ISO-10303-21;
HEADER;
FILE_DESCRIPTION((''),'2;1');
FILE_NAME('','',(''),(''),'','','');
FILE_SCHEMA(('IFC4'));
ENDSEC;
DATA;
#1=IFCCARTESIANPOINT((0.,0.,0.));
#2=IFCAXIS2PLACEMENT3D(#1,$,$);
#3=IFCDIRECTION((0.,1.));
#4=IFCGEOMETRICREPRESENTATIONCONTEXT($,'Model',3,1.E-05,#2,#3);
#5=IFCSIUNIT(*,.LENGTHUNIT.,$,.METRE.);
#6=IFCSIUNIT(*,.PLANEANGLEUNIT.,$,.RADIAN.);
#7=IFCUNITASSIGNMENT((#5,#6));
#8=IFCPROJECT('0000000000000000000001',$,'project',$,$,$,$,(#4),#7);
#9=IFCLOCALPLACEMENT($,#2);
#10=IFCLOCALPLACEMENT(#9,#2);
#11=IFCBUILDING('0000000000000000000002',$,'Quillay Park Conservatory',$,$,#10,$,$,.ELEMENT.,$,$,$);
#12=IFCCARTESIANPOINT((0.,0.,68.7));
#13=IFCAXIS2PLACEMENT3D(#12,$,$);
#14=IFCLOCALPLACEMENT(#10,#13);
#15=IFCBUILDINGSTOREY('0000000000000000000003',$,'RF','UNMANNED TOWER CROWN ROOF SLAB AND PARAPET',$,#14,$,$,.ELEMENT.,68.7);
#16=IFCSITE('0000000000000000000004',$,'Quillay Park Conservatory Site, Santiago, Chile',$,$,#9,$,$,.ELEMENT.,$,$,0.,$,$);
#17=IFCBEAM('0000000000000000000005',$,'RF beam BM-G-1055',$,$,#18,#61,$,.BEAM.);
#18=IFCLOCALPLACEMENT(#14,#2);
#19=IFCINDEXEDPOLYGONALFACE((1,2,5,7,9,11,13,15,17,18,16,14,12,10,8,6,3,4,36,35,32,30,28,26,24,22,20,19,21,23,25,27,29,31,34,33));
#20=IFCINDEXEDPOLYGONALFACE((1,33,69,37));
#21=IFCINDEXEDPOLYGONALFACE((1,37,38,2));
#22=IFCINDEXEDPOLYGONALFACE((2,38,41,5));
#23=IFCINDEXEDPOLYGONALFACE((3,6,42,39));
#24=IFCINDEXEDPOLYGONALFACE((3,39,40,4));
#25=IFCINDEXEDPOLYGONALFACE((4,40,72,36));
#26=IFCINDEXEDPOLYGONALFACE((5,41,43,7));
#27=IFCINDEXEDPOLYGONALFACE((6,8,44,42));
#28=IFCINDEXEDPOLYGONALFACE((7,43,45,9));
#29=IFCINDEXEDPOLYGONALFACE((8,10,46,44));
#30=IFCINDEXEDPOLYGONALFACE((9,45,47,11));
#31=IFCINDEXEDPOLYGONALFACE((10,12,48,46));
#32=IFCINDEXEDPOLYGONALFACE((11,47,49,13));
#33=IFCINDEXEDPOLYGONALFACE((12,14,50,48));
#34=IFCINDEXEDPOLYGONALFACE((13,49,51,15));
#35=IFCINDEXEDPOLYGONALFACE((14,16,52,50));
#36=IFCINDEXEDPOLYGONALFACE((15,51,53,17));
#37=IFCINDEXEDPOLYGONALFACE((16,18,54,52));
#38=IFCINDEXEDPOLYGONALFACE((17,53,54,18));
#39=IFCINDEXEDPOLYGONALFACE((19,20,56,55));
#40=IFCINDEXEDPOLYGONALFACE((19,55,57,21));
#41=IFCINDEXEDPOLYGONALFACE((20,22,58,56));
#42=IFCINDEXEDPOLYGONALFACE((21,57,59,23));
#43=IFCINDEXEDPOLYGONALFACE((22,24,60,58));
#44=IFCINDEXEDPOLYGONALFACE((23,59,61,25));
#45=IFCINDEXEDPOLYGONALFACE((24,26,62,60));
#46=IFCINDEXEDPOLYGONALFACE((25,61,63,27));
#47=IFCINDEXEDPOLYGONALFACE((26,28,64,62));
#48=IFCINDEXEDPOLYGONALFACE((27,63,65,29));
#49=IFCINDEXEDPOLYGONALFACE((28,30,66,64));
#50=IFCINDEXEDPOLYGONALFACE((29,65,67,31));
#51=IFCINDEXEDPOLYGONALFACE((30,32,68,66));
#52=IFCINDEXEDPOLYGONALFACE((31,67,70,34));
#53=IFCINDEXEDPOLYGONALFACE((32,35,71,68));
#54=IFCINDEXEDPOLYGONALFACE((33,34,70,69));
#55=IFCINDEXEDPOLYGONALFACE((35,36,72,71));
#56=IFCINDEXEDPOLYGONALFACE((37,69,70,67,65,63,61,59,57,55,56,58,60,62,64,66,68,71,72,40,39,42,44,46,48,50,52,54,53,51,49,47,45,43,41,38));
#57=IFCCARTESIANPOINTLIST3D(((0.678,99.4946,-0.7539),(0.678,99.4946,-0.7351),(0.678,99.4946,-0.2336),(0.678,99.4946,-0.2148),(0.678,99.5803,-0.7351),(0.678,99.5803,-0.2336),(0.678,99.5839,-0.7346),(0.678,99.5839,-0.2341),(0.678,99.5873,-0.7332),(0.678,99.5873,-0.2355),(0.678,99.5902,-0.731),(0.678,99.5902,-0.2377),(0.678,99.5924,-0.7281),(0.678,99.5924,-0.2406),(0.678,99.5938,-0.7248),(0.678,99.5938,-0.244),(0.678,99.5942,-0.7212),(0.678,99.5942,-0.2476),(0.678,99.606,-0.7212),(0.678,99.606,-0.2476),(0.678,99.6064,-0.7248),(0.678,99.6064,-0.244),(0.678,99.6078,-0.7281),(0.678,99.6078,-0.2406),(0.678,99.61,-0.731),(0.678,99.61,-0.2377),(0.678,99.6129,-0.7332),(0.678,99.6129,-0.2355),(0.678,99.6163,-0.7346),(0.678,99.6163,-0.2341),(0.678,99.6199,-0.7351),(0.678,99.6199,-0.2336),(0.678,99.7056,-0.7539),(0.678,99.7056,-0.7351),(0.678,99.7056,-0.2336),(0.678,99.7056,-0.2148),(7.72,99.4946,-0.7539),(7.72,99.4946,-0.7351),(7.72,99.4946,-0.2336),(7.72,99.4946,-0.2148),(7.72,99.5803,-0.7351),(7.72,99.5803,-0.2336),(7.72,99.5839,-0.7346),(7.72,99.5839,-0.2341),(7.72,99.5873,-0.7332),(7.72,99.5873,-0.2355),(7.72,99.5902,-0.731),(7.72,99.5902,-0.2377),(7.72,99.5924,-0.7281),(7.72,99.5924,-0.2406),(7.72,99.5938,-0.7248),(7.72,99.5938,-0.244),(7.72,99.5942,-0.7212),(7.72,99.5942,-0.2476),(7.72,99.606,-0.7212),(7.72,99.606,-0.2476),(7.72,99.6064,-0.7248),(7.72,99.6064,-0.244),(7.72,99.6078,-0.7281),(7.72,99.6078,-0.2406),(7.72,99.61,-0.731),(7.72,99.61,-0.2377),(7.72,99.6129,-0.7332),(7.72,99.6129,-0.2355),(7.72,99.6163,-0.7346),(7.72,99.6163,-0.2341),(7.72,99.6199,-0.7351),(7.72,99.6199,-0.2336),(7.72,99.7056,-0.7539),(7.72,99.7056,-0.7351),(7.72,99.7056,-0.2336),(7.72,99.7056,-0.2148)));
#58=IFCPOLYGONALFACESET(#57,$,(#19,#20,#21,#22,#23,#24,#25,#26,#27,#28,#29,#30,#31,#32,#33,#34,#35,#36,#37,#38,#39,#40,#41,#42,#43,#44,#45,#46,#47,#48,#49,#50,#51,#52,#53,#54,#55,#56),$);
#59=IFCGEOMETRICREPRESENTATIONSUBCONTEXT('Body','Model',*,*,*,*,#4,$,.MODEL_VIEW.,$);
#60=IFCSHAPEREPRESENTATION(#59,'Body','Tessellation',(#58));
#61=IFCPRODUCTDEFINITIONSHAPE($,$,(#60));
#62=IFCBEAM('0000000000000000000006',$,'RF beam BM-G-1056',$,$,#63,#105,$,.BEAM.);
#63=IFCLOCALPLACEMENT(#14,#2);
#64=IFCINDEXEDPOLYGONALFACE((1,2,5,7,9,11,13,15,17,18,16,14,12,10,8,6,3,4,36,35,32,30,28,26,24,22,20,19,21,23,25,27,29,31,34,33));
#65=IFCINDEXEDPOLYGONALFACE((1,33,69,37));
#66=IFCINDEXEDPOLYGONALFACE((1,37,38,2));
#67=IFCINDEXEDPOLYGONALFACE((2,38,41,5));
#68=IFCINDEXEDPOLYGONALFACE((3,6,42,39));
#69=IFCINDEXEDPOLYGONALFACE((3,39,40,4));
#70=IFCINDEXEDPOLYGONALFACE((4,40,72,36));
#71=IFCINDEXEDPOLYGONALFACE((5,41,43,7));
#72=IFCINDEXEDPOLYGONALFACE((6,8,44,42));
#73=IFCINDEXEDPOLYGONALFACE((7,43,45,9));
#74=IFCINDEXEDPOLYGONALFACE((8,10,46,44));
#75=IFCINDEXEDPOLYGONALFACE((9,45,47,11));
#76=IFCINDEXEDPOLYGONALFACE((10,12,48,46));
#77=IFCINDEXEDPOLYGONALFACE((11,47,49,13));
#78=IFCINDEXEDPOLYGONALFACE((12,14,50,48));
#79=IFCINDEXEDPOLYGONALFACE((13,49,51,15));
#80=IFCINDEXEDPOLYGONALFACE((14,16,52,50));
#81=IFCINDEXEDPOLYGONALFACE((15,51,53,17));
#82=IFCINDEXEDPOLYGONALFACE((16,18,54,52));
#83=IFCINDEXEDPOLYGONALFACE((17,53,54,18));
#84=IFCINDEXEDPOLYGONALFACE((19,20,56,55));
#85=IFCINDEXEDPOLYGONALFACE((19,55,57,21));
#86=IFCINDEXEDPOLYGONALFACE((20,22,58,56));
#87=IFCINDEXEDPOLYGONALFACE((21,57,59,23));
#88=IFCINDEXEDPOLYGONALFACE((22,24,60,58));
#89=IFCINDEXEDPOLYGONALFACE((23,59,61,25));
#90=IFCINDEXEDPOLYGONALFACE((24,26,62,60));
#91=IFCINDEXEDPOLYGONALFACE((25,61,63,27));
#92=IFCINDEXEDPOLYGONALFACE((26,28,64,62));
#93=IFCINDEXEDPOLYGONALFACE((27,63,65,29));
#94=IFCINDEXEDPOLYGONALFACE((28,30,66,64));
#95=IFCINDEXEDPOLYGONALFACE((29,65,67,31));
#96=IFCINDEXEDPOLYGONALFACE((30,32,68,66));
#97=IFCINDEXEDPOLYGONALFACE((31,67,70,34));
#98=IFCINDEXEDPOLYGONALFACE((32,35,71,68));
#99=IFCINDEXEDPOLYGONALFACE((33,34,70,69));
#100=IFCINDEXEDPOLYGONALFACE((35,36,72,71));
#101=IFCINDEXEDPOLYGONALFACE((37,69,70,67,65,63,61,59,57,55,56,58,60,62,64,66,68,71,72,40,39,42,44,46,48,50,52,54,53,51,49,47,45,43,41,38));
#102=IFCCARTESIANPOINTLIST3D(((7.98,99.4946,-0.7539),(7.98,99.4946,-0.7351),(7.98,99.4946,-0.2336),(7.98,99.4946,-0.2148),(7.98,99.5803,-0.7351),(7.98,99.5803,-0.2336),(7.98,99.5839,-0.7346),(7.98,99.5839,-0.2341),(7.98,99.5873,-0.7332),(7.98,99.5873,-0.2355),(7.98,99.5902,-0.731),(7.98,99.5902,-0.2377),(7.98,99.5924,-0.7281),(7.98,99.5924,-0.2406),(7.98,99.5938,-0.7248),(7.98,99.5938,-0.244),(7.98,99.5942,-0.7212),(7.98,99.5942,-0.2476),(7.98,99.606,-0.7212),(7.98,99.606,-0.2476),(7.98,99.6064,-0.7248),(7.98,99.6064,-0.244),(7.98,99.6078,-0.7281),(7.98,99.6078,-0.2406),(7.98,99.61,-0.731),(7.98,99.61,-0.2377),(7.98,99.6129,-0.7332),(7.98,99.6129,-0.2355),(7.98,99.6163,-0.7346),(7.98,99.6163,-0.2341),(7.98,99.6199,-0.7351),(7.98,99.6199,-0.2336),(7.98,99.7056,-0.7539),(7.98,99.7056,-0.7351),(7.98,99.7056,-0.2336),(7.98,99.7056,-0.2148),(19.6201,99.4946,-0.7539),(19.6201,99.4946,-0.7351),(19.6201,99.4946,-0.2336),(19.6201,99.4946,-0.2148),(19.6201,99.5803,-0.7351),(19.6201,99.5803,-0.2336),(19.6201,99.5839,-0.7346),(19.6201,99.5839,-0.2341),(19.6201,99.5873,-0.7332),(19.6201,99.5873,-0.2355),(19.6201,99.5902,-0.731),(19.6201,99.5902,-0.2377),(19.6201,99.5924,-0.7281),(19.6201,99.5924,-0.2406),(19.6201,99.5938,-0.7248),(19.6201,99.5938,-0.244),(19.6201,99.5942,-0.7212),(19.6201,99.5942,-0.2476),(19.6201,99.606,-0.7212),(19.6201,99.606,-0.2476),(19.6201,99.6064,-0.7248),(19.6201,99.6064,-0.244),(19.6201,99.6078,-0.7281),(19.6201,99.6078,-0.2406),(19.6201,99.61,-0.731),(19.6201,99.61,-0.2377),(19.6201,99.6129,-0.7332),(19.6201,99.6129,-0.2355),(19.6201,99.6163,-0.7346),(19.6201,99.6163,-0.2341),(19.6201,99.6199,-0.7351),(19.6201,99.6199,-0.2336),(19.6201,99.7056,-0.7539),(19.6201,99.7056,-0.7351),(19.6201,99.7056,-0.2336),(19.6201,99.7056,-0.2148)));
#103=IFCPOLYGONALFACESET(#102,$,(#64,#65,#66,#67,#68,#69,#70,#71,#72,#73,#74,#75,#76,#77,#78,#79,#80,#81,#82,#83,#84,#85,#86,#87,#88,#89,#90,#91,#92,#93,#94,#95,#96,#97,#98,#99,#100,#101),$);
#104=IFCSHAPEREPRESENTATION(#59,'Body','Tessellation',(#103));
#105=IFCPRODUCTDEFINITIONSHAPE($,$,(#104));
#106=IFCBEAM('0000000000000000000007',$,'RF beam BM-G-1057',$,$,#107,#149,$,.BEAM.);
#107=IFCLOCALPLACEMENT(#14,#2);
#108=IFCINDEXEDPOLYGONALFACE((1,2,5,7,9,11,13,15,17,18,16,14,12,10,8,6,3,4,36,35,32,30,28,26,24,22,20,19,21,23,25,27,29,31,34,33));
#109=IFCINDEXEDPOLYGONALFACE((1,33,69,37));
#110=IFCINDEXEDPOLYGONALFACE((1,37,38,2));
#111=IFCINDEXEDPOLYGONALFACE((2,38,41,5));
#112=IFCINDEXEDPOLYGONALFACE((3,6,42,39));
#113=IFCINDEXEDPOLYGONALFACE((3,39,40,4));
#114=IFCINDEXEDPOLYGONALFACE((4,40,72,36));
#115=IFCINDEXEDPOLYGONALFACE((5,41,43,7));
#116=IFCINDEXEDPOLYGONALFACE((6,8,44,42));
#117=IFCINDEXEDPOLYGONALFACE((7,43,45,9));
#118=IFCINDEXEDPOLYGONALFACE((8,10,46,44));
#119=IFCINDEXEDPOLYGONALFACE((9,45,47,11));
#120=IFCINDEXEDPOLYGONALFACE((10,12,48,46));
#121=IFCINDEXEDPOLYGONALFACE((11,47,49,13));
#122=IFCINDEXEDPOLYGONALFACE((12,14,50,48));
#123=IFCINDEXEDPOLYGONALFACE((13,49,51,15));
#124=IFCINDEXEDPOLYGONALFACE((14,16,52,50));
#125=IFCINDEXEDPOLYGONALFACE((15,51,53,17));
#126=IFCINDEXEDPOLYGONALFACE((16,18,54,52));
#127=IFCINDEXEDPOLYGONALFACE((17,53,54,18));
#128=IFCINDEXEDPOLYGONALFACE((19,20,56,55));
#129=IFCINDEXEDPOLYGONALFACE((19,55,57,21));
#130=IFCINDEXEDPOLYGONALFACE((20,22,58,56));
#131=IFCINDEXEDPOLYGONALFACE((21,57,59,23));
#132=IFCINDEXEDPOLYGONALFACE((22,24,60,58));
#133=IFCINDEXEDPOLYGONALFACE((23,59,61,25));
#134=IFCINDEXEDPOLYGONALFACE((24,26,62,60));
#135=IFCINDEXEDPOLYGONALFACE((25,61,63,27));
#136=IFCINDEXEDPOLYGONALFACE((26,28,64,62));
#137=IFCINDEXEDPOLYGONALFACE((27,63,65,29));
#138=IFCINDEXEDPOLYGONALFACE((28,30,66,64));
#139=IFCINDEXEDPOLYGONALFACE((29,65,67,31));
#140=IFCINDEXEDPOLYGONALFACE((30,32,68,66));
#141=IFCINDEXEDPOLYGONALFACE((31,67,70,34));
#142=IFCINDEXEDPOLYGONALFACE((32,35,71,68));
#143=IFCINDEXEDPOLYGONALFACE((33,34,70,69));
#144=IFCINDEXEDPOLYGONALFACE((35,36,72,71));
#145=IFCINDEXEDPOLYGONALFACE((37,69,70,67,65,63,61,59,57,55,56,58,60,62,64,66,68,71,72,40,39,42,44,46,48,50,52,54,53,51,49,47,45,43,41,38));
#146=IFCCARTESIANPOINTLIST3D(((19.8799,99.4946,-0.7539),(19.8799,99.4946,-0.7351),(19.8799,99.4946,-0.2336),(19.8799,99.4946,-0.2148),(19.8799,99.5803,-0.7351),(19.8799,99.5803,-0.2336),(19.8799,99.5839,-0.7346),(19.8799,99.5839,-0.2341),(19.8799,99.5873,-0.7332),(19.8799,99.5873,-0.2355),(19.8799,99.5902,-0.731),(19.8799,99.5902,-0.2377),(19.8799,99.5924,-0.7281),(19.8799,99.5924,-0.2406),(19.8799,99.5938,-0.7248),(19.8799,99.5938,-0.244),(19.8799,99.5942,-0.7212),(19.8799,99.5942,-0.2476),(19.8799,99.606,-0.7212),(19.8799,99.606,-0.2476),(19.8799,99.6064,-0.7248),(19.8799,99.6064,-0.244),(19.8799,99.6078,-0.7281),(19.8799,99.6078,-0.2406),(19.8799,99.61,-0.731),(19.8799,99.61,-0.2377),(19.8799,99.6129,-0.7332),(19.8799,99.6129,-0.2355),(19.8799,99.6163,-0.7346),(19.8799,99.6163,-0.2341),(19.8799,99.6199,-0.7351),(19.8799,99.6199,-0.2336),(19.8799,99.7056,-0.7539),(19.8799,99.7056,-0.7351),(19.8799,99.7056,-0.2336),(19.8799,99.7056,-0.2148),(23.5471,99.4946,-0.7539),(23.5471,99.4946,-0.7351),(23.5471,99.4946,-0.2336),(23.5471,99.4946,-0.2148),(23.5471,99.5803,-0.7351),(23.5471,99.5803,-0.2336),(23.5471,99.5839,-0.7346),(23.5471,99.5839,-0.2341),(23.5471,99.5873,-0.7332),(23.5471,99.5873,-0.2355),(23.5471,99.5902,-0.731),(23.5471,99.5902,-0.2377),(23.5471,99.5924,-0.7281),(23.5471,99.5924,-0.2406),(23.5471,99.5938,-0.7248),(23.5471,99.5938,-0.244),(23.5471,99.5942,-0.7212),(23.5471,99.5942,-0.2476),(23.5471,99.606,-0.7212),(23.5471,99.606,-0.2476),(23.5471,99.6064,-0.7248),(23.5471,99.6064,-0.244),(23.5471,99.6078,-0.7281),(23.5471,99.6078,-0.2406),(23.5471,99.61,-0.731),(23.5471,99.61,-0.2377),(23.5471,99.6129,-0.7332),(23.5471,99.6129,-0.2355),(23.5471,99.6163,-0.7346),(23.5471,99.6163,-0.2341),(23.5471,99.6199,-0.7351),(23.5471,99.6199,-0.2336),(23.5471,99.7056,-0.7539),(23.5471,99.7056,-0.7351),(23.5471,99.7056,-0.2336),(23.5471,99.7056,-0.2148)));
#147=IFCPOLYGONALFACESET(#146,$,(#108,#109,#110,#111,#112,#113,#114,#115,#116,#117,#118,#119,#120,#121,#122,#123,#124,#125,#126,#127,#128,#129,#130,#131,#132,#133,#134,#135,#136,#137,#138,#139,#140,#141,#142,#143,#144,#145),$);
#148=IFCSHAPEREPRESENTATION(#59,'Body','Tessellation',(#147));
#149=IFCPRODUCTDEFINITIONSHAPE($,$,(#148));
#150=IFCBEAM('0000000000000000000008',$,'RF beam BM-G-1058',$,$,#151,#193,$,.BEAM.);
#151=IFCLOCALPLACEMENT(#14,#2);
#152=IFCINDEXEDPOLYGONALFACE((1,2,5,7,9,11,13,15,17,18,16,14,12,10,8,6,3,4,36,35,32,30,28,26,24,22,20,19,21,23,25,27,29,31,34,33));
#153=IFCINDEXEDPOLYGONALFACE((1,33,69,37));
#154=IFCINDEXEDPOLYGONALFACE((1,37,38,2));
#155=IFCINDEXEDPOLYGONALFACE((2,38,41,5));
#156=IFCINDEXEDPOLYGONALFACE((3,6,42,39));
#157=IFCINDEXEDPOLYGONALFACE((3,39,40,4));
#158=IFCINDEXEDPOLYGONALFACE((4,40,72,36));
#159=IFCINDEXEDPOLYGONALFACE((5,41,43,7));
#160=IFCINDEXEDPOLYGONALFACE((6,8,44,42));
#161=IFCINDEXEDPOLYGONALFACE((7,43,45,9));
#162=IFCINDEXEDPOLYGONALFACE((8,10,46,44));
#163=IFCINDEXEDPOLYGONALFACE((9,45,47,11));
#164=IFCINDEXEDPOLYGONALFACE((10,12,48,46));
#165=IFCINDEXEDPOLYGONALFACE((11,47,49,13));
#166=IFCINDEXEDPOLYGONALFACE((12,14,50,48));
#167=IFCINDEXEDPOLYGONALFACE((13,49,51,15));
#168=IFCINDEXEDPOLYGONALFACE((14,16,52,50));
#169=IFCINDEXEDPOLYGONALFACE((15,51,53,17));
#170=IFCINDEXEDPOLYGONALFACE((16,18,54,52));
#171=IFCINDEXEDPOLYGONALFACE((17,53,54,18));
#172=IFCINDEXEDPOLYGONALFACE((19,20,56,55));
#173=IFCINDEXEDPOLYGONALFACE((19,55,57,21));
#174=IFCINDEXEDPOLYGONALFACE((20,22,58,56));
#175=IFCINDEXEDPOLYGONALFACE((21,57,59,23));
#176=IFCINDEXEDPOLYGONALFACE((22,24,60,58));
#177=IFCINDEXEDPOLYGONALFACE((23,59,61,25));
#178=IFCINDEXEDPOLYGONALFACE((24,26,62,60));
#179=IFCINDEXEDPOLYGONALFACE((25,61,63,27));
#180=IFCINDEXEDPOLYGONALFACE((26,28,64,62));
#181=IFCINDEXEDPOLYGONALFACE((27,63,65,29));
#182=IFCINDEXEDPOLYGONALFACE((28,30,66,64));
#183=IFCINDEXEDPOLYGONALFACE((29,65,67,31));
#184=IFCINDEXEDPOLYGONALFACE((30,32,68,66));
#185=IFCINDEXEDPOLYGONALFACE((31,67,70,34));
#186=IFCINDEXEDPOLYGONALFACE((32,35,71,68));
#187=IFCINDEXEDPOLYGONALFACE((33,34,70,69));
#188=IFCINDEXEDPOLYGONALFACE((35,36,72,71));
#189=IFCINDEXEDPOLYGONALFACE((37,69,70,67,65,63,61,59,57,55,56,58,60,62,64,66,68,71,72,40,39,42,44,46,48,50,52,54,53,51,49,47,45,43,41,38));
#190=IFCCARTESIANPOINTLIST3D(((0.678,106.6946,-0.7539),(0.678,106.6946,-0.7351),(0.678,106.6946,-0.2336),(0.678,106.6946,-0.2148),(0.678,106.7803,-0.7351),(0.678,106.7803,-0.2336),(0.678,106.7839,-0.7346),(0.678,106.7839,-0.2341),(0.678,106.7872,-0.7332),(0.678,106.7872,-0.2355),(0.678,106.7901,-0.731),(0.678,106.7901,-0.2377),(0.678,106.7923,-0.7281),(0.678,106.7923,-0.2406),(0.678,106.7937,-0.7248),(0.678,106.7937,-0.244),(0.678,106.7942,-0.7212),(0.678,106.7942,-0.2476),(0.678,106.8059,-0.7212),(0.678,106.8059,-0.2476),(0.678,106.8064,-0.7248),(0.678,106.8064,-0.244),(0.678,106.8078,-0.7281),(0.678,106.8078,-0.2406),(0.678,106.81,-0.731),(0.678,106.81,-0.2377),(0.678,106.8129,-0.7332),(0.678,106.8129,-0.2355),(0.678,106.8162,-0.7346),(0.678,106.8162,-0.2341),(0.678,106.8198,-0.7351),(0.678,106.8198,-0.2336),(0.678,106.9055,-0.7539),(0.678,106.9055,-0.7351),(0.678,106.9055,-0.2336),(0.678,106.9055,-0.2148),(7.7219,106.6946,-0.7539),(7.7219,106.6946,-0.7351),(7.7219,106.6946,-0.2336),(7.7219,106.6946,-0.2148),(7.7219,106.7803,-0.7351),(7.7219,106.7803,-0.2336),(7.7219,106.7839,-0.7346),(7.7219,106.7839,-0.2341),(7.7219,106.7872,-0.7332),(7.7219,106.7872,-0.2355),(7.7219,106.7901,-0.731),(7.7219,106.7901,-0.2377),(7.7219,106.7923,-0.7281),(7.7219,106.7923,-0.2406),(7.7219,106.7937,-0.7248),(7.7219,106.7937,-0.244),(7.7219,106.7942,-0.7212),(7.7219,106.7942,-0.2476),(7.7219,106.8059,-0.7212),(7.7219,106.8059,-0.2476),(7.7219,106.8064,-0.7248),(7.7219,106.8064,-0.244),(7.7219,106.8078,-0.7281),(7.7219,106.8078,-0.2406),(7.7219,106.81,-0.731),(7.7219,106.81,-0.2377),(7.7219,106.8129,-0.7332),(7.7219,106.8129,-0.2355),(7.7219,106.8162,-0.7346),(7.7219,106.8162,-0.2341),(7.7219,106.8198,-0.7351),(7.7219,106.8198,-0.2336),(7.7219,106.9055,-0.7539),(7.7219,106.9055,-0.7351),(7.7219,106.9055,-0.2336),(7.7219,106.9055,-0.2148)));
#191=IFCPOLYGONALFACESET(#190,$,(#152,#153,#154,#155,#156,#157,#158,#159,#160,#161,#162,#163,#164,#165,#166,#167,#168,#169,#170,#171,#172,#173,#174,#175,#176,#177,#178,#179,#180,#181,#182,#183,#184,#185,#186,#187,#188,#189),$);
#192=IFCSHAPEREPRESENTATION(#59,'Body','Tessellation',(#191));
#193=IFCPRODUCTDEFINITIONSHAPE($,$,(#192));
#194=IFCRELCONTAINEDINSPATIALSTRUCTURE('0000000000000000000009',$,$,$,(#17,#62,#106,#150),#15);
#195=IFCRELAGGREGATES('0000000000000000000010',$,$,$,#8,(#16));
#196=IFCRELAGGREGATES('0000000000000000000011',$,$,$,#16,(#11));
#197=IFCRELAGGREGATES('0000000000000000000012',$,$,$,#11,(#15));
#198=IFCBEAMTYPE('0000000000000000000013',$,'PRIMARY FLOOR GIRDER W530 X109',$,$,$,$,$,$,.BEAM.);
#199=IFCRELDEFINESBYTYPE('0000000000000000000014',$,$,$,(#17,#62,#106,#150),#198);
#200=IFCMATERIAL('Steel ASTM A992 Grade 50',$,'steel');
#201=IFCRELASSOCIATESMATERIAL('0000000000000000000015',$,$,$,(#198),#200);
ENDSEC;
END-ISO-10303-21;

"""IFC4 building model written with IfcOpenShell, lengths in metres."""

from ifc_helpers import new_model, si_unit, direction, frame, origin, origin_2d, place, context, subcontext, project, spatial, i_section, extrude, material, material_profile, profile_set, type_object, element, save


model = new_model("IFC4")

# Units and contexts
model_context = context("Model", 3, precision=1e-05, world=origin(), true_north=direction((0.0, 1.0)))
body_context = subcontext(model_context, "Body", "Model", "MODEL_VIEW")
ifc_project = project(units=[si_unit("LENGTHUNIT", "METRE"), si_unit("PLANEANGLEUNIT", "RADIAN")], contexts=[model_context])

# Site, building, storey
site_placement = place(None, origin())
site = spatial("IfcSite", under=ifc_project, at=site_placement, Name="Quillay Park Conservatory Site, Santiago, Chile", CompositionType="ELEMENT", RefElevation=0.0)
building_placement = place(site_placement, origin())
building = spatial("IfcBuilding", under=site, at=building_placement, Name="Quillay Park Conservatory", CompositionType="ELEMENT")
storey_placement = place(building_placement, frame((0.0, 0.0, 68.7)))
storey = spatial("IfcBuildingStorey", under=building, at=storey_placement, Name="RF", Description="UNMANNED TOWER CROWN ROOF SLAB AND PARAPET", CompositionType="ELEMENT", Elevation=68.7)

# Beams
ifc_material_1 = material(Name="Steel ASTM A992 Grade 50", Category="steel")
ifc_material_profile_1 = material_profile(ifc_material_1, i_section(OverallWidth=0.2109, OverallDepth=0.5391, WebThickness=0.0117, FlangeThickness=0.0188, FilletRadius=0.0139, at=origin_2d()), Name="W530x109")
ifc_profile_set_1 = profile_set([ifc_material_profile_1], Name="Steel ASTM A992 Grade 50")
beam_type_1 = type_object("IfcBeamType", Name="PRIMARY FLOOR GIRDER W530 X109", PredefinedType="BEAM", material=ifc_profile_set_1)
beam_1_placement = place(storey_placement, frame((0.678, 99.6001, -0.4844), z_axis=(1.0, 0.0, 0.0), x_axis=(0.0, 1.0, 0.0)))
element("IfcBeam", 1, at=beam_1_placement, inside=storey, type_object=beam_type_1, Name="RF beam BM-G-1055", PredefinedType="BEAM", context=body_context, shape_type="SweptSolid", body=[
    extrude(i_section(OverallWidth=0.2109, OverallDepth=0.5391, WebThickness=0.0117, FlangeThickness=0.0188, FilletRadius=0.0139, at=origin_2d()), origin(), (0.0, 0.0, 1.0), 7.042),
])
beam_2_placement = place(storey_placement, frame((7.98, 99.6001, -0.4844), z_axis=(1.0, 0.0, 0.0), x_axis=(0.0, 1.0, 0.0)))
element("IfcBeam", 2, at=beam_2_placement, inside=storey, type_object=beam_type_1, Name="RF beam BM-G-1056", PredefinedType="BEAM", context=body_context, shape_type="SweptSolid", body=[
    extrude(i_section(OverallWidth=0.2109, OverallDepth=0.5391, WebThickness=0.0117, FlangeThickness=0.0188, FilletRadius=0.0139, at=origin_2d()), origin(), (0.0, 0.0, 1.0), 11.6401),
])
beam_3_placement = place(storey_placement, frame((19.8799, 99.6001, -0.4844), z_axis=(1.0, 0.0, 0.0), x_axis=(0.0, 1.0, 0.0)))
element("IfcBeam", 3, at=beam_3_placement, inside=storey, type_object=beam_type_1, Name="RF beam BM-G-1057", PredefinedType="BEAM", context=body_context, shape_type="SweptSolid", body=[
    extrude(i_section(OverallWidth=0.2109, OverallDepth=0.5391, WebThickness=0.0117, FlangeThickness=0.0188, FilletRadius=0.0139, at=origin_2d()), origin(), (0.0, 0.0, 1.0), 3.6672),
])
beam_4_placement = place(storey_placement, frame((0.678, 106.8, -0.4844), z_axis=(1.0, 0.0, 0.0), x_axis=(0.0, 1.0, 0.0)))
element("IfcBeam", 4, at=beam_4_placement, inside=storey, type_object=beam_type_1, Name="RF beam BM-G-1058", PredefinedType="BEAM", context=body_context, shape_type="SweptSolid", body=[
    extrude(i_section(OverallWidth=0.2109, OverallDepth=0.5391, WebThickness=0.0117, FlangeThickness=0.0188, FilletRadius=0.0139, at=origin_2d()), origin(), (0.0, 0.0, 1.0), 7.0439),
])

save(model, "model.ifc")
